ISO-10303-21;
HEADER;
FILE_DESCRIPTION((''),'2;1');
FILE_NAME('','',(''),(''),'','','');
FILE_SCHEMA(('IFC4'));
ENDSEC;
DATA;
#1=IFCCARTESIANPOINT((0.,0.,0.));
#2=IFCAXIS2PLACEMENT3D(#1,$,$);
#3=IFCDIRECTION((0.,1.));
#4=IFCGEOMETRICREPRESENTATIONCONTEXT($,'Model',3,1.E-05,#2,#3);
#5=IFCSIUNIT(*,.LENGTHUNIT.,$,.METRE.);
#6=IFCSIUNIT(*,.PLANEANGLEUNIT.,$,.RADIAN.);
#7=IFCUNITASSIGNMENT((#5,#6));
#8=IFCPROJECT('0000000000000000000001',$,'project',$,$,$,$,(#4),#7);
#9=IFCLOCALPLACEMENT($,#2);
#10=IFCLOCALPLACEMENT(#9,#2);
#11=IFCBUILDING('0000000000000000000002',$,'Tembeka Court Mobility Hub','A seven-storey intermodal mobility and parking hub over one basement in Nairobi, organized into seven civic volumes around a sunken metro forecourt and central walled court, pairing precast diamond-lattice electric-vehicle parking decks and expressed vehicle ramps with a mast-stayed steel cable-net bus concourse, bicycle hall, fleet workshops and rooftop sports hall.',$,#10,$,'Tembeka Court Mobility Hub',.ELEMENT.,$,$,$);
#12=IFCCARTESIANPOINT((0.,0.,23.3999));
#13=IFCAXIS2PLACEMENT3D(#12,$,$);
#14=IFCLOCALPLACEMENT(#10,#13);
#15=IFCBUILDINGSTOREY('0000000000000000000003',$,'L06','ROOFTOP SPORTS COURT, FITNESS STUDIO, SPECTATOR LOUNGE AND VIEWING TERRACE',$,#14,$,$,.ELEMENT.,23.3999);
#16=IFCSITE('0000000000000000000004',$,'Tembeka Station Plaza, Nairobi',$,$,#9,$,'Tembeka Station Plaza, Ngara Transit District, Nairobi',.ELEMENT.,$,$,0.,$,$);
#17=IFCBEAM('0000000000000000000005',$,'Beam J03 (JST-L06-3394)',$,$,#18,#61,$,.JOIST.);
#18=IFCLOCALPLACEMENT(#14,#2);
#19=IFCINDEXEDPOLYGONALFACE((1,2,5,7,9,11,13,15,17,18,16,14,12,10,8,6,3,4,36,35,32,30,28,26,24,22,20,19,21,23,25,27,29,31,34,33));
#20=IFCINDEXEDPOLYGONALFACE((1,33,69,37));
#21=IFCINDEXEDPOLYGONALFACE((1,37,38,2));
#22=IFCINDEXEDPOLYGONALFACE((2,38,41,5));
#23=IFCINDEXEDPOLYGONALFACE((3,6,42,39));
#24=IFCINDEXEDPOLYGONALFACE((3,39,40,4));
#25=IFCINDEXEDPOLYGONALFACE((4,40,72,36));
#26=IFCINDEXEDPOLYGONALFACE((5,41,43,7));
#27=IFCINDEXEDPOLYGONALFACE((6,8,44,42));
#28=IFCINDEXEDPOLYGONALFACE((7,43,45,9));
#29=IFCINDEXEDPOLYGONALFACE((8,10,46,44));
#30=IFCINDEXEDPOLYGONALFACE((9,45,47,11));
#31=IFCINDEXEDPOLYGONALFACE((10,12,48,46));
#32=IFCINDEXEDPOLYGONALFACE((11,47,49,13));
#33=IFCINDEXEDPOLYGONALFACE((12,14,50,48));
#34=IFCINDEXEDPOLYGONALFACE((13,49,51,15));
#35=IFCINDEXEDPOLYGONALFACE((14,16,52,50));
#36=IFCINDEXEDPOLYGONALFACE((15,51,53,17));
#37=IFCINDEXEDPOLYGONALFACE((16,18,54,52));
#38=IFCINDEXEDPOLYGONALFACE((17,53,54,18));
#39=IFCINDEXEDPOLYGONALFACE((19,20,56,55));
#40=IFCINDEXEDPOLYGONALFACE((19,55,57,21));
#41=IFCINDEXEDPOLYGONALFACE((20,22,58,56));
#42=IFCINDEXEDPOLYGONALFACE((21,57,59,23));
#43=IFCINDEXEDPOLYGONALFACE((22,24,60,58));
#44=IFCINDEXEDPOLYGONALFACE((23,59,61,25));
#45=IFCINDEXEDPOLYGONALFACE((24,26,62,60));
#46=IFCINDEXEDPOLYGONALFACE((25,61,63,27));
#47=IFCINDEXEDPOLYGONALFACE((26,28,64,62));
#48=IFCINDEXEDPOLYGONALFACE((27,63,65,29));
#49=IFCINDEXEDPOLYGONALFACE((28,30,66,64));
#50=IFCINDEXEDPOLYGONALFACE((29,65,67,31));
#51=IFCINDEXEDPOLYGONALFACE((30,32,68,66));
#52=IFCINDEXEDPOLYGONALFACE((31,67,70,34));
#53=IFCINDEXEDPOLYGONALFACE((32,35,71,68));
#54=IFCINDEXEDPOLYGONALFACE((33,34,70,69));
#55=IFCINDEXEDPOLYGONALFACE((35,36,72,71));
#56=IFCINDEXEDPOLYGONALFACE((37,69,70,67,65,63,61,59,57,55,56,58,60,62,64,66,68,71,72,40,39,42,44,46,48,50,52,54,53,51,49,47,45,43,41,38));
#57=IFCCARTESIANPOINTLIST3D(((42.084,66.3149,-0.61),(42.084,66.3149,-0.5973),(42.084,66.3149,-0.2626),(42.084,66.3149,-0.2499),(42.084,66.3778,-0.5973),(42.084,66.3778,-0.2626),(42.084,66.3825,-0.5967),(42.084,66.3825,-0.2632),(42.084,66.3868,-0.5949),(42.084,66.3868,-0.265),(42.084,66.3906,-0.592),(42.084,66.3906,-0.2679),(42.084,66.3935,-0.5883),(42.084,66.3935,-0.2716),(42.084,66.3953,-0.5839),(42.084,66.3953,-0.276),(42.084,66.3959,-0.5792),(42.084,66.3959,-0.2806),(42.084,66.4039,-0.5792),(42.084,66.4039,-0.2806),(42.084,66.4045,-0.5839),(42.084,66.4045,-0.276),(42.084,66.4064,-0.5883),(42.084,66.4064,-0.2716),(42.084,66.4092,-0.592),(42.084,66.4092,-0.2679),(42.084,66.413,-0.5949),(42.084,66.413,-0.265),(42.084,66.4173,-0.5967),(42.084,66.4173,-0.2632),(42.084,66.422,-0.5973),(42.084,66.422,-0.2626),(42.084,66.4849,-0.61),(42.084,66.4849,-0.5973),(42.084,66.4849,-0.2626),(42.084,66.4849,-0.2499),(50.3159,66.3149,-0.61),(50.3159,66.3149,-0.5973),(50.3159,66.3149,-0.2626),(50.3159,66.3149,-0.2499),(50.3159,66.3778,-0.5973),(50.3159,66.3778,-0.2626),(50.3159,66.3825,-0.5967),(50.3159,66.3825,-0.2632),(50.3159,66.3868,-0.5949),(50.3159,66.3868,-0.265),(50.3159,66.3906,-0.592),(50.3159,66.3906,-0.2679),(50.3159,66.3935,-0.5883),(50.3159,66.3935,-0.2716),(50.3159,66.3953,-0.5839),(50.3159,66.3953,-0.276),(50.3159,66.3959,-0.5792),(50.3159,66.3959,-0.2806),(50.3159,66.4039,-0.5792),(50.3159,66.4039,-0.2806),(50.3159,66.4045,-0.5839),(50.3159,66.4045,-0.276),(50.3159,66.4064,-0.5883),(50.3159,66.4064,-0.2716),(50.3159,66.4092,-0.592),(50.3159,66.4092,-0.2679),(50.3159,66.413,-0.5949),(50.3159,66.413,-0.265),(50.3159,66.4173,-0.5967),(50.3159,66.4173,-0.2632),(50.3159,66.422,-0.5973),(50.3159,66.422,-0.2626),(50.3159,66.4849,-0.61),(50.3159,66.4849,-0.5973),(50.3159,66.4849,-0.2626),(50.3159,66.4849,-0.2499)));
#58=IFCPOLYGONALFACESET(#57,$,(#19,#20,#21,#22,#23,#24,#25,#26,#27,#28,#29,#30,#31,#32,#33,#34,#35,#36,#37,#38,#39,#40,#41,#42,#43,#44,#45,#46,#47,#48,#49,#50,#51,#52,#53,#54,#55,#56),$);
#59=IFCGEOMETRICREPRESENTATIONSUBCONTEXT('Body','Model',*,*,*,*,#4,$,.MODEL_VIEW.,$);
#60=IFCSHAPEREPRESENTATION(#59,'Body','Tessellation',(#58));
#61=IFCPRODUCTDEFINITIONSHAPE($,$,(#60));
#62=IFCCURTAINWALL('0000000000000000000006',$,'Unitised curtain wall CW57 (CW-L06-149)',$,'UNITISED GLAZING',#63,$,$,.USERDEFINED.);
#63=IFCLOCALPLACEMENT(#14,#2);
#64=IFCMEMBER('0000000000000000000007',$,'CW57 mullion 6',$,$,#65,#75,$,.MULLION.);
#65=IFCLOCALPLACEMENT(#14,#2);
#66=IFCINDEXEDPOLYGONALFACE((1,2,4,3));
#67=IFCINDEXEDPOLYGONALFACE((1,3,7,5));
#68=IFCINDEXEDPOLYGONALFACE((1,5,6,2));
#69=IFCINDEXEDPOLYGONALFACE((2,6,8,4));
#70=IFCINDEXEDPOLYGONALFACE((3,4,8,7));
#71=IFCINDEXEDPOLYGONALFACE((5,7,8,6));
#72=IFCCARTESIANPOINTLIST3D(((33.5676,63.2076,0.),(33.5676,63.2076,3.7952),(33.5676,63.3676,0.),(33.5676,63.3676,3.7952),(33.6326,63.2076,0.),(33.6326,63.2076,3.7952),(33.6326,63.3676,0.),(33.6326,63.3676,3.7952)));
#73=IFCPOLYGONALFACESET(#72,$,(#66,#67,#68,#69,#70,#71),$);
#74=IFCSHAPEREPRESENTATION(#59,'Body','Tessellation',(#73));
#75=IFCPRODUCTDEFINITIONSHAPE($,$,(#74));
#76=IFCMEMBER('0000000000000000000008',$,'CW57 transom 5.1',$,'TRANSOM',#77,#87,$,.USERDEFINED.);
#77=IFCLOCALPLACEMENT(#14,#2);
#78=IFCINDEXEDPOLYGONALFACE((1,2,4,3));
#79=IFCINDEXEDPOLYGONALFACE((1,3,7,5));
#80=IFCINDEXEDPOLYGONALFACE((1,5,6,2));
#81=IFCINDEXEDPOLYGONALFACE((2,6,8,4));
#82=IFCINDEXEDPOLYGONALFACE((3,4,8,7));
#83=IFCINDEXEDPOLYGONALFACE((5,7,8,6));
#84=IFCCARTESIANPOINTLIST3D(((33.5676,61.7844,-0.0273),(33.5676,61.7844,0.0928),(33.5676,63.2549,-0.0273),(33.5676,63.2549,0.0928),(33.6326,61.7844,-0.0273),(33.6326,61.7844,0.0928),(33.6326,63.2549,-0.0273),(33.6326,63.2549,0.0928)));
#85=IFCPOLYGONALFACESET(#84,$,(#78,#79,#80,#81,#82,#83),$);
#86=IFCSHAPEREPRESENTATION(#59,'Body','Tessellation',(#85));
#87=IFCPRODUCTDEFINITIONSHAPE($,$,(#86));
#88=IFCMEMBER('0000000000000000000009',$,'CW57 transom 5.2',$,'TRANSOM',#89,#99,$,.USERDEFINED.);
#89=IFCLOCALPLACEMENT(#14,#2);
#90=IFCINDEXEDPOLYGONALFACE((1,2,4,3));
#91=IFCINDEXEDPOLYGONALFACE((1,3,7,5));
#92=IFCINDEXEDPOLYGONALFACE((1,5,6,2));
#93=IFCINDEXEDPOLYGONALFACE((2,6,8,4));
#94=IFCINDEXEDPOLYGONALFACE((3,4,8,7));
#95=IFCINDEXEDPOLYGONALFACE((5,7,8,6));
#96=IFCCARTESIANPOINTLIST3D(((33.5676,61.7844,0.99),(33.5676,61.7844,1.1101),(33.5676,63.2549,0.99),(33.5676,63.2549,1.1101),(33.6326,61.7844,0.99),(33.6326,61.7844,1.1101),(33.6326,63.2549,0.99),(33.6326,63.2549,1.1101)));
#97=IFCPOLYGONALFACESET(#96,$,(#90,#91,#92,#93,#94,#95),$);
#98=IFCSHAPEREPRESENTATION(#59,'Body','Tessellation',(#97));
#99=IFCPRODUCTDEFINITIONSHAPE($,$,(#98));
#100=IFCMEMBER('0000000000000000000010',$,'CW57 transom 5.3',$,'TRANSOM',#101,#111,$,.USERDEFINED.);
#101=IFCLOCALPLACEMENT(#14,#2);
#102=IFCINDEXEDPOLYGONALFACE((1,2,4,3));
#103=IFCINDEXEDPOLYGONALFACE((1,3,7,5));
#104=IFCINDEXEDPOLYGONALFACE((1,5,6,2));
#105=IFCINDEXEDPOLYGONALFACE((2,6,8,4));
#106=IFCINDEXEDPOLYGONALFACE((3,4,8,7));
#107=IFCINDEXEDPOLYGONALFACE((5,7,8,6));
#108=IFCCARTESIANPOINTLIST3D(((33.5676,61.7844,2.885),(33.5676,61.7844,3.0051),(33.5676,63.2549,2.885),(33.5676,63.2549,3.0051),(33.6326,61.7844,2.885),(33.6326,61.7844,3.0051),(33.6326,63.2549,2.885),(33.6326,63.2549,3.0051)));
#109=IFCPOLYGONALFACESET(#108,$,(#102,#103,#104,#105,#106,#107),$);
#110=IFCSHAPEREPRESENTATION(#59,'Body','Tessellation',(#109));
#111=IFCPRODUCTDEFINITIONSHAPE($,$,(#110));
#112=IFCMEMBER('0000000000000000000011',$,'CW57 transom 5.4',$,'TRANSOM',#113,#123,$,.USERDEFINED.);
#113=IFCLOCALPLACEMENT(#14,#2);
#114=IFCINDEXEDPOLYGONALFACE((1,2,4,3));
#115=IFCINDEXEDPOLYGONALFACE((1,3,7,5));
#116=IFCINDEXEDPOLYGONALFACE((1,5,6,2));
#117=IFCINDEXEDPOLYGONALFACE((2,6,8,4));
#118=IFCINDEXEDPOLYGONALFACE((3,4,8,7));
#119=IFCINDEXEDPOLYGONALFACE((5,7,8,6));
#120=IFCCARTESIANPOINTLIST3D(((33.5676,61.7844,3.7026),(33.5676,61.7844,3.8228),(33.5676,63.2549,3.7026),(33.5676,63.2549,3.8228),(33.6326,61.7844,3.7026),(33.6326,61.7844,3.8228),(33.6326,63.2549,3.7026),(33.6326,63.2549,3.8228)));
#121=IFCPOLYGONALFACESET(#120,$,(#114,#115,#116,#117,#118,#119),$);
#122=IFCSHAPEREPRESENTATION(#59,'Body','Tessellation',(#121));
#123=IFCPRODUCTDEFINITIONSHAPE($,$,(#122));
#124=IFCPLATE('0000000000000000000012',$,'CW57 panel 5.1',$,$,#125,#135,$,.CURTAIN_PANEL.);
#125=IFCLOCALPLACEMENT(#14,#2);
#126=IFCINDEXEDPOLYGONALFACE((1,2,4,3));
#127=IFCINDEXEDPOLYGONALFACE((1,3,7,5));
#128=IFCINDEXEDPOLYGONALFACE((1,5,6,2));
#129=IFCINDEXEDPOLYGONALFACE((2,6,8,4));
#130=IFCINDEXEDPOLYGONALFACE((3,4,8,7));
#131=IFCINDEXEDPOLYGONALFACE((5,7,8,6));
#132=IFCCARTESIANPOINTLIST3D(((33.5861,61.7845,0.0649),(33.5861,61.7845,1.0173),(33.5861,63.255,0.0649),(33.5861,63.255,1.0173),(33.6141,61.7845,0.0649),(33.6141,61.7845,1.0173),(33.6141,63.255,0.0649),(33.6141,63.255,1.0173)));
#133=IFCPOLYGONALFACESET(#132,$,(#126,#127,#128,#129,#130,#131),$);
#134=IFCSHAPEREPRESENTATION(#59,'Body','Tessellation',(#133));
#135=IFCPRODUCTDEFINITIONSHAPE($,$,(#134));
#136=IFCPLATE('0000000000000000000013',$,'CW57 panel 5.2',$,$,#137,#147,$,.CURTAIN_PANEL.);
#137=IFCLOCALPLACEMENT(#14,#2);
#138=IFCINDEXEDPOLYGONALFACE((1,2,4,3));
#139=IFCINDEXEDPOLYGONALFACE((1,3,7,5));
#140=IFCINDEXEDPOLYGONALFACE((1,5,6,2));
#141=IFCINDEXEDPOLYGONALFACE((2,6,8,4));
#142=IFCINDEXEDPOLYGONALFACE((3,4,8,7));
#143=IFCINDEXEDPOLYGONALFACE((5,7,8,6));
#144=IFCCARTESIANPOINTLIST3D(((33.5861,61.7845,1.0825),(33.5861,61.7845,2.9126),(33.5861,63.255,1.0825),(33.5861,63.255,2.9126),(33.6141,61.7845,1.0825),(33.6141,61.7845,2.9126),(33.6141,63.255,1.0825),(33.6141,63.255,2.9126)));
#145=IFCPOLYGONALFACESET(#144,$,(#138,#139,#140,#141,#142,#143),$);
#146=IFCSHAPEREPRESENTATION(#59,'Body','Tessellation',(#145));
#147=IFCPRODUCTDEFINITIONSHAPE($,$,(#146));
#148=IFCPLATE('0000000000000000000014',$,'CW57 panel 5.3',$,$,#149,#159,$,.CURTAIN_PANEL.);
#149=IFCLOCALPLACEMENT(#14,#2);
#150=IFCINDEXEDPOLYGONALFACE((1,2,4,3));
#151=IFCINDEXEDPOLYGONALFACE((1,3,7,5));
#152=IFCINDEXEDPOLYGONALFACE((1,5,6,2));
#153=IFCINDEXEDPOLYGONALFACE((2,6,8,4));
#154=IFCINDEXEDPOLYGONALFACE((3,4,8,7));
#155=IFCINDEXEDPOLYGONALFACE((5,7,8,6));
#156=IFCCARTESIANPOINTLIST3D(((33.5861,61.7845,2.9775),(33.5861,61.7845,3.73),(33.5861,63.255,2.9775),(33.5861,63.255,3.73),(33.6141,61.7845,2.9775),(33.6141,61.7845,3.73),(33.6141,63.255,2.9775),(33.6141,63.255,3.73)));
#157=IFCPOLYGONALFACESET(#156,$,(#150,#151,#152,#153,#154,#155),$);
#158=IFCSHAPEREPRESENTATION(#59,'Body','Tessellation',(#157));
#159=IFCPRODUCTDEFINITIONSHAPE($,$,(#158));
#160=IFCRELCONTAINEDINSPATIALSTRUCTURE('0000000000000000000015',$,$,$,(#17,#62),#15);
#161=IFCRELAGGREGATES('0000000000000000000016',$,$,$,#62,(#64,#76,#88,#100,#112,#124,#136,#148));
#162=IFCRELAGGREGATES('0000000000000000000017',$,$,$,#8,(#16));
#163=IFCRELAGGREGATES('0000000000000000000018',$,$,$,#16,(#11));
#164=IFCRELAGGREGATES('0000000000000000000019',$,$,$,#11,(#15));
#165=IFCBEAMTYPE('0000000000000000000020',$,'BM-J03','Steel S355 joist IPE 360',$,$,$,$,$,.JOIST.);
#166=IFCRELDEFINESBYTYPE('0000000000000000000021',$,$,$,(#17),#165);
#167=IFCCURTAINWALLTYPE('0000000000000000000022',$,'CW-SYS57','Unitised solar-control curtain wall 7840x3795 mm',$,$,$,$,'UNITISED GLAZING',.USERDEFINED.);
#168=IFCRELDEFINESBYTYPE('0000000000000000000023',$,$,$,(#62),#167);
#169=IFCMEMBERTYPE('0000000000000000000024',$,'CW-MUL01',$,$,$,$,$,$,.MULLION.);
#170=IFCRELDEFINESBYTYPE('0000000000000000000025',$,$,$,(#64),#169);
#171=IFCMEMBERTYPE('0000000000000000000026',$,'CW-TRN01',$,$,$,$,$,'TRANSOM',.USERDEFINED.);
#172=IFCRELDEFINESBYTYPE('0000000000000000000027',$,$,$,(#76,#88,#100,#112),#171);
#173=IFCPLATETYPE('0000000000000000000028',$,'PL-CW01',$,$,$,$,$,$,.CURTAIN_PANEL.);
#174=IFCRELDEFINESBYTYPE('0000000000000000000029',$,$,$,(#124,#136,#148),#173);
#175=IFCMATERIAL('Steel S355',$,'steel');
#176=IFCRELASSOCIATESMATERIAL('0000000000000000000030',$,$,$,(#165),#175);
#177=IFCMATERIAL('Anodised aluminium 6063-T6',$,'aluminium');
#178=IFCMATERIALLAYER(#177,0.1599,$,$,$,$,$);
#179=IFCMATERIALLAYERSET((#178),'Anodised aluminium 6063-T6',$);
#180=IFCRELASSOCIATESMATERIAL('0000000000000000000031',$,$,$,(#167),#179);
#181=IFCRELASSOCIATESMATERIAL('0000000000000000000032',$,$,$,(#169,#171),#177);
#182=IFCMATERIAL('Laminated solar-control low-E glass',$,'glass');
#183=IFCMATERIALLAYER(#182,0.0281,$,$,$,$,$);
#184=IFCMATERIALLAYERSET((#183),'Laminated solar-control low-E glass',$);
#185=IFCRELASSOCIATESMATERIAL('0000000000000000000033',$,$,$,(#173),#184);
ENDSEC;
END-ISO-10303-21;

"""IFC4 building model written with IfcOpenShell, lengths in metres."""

from ifc_helpers import new_model, si_unit, direction, frame, origin, origin_2d, place, context, subcontext, project, spatial, rectangle, i_section, extrude, material, layer, layer_set, material_profile, profile_set, type_object, element, aggregate, save


model = new_model("IFC4")

# Units and contexts
model_context = context("Model", 3, precision=1e-05, world=origin(), true_north=direction((0.0, 1.0)))
body_context = subcontext(model_context, "Body", "Model", "MODEL_VIEW")
ifc_project = project(units=[si_unit("LENGTHUNIT", "METRE"), si_unit("PLANEANGLEUNIT", "RADIAN")], contexts=[model_context])

# Site, building, storey
site_placement = place(None, origin())
site = spatial("IfcSite", under=ifc_project, at=site_placement, Name="Tembeka Station Plaza, Nairobi", LongName="Tembeka Station Plaza, Ngara Transit District, Nairobi", CompositionType="ELEMENT", RefElevation=0.0)
building_placement = place(site_placement, origin())
building = spatial("IfcBuilding", under=site, at=building_placement, Name="Tembeka Court Mobility Hub", Description="A seven-storey intermodal mobility and parking hub over one basement in Nairobi, organized into seven civic volumes around a sunken metro forecourt and central walled court, pairing precast diamond-lattice electric-vehicle parking decks and expressed vehicle ramps with a mast-stayed steel cable-net bus concourse, bicycle hall, fleet workshops and rooftop sports hall.", LongName="Tembeka Court Mobility Hub", CompositionType="ELEMENT")
storey_placement = place(building_placement, frame((0.0, 0.0, 23.3999)))
storey = spatial("IfcBuildingStorey", under=building, at=storey_placement, Name="L06", Description="ROOFTOP SPORTS COURT, FITNESS STUDIO, SPECTATOR LOUNGE AND VIEWING TERRACE", CompositionType="ELEMENT", Elevation=23.3999)

# Shared definitions
ifc_material_1 = material(Name="Steel S355", Category="steel")

# Beam
ifc_material_profile_1 = material_profile(ifc_material_1, i_section(OverallWidth=0.1699, OverallDepth=0.3601, WebThickness=0.0081, FlangeThickness=0.0127, FilletRadius=0.0181, at=origin_2d()), Name="IPE 360")
ifc_profile_set_1 = profile_set([ifc_material_profile_1], Name="Steel S355")
beam_type_1 = type_object("IfcBeamType", Name="BM-J03", Description="Steel S355 joist IPE 360", PredefinedType="JOIST", material=ifc_profile_set_1)
for number, where, z_axis, x_axis, name in (
    (1, (42.084, 66.3999, -0.4299), (1.0, 0.0, 0.0), (0.0, 1.0, 0.0), "Beam J03 (JST-L06-3394)"),
):
    element("IfcBeam", number, at=place(storey_placement, frame(where, z_axis=z_axis, x_axis=x_axis)), inside=storey, type_object=beam_type_1, Name=name, PredefinedType="JOIST", context=body_context, shape_type="SweptSolid", body=[
        extrude(i_section(OverallWidth=0.1699, OverallDepth=0.3601, WebThickness=0.0081, FlangeThickness=0.0127, FilletRadius=0.0181, at=origin_2d()), origin(), (0.0, 0.0, 1.0), 8.2319),
    ])

# Curtain wall, members, plates
ifc_material_2 = material(Name="Anodised aluminium 6063-T6", Category="aluminium")
ifc_layer_1 = layer(ifc_material_2, 0.1599)
ifc_layer_set_1 = layer_set([ifc_layer_1], Name="Anodised aluminium 6063-T6")
curtain_wall_type = type_object("IfcCurtainWallType", Name="CW-SYS57", Description="Unitised solar-control curtain wall 7840x3795 mm", ElementType="UNITISED GLAZING", PredefinedType="USERDEFINED", material=ifc_layer_set_1)
curtain_wall_placement = place(storey_placement, origin())
curtain_wall = element("IfcCurtainWall", 2, at=curtain_wall_placement, inside=storey, type_object=curtain_wall_type, Name="Unitised curtain wall CW57 (CW-L06-149)", ObjectType="UNITISED GLAZING", PredefinedType="USERDEFINED")
ifc_material_profile_2 = material_profile(ifc_material_2, rectangle(XDim=0.0649, YDim=0.1599, at=origin_2d()), Name="ALU-MUL 65x160")
ifc_profile_set_2 = profile_set([ifc_material_profile_2], Name="Anodised aluminium 6063-T6")
member_type_1 = type_object("IfcMemberType", Name="CW-MUL01", PredefinedType="MULLION", material=ifc_profile_set_2)
member_1_placement = place(storey_placement, frame((33.6001, 63.2876, 0.0), z_axis=(0.0, 0.0, 1.0), x_axis=(-1.0, 0.0, 0.0)))
member_1 = element("IfcMember", 3, at=member_1_placement, type_object=member_type_1, Name="CW57 mullion 6", PredefinedType="MULLION", context=body_context, shape_type="SweptSolid", body=[
    extrude(rectangle(XDim=0.0649, YDim=0.1599, at=origin_2d()), origin(), (0.0, 0.0, 1.0), 3.7952),
])
ifc_material_profile_3 = material_profile(ifc_material_2, rectangle(XDim=0.0649, YDim=0.1201, at=origin_2d()), Name="ALU-TRN 65x120")
ifc_profile_set_3 = profile_set([ifc_material_profile_3], Name="Anodised aluminium 6063-T6")
member_type_2 = type_object("IfcMemberType", Name="CW-TRN01", ElementType="TRANSOM", PredefinedType="USERDEFINED", material=ifc_profile_set_3)
member_2_placement = place(storey_placement, frame((33.6001, 61.7844, 0.0327), z_axis=(0.0, 1.0, 0.0), x_axis=(-1.0, 0.0, 0.0)))
member_2 = element("IfcMember", 4, at=member_2_placement, type_object=member_type_2, Name="CW57 transom 5.1", ObjectType="TRANSOM", PredefinedType="USERDEFINED", context=body_context, shape_type="SweptSolid", body=[
    extrude(rectangle(XDim=0.0649, YDim=0.1201, at=origin_2d()), origin(), (0.0, 0.0, 1.0), 1.4705),
])
member_3_placement = place(storey_placement, frame((33.6001, 61.7844, 1.05), z_axis=(0.0, 1.0, 0.0), x_axis=(-1.0, 0.0, 0.0)))
member_3 = element("IfcMember", 5, at=member_3_placement, type_object=member_type_2, Name="CW57 transom 5.2", ObjectType="TRANSOM", PredefinedType="USERDEFINED", context=body_context, shape_type="SweptSolid", body=[
    extrude(rectangle(XDim=0.0649, YDim=0.1201, at=origin_2d()), origin(), (0.0, 0.0, 1.0), 1.4705),
])
member_4_placement = place(storey_placement, frame((33.6001, 61.7844, 2.9451), z_axis=(0.0, 1.0, 0.0), x_axis=(-1.0, 0.0, 0.0)))
member_4 = element("IfcMember", 6, at=member_4_placement, type_object=member_type_2, Name="CW57 transom 5.3", ObjectType="TRANSOM", PredefinedType="USERDEFINED", context=body_context, shape_type="SweptSolid", body=[
    extrude(rectangle(XDim=0.0649, YDim=0.1201, at=origin_2d()), origin(), (0.0, 0.0, 1.0), 1.4705),
])
member_5_placement = place(storey_placement, frame((33.6001, 61.7844, 3.7627), z_axis=(0.0, 1.0, 0.0), x_axis=(-1.0, 0.0, 0.0)))
member_5 = element("IfcMember", 7, at=member_5_placement, type_object=member_type_2, Name="CW57 transom 5.4", ObjectType="TRANSOM", PredefinedType="USERDEFINED", context=body_context, shape_type="SweptSolid", body=[
    extrude(rectangle(XDim=0.0649, YDim=0.1201, at=origin_2d()), origin(), (0.0, 0.0, 1.0), 1.4705),
])
ifc_material_3 = material(Name="Laminated solar-control low-E glass", Category="glass")
ifc_layer_2 = layer(ifc_material_3, 0.0281)
ifc_layer_set_2 = layer_set([ifc_layer_2], Name="Laminated solar-control low-E glass")
plate_type = type_object("IfcPlateType", Name="PL-CW01", PredefinedType="CURTAIN_PANEL", material=ifc_layer_set_2)
plate_1_placement = place(storey_placement, frame((33.6001, 62.5198, 0.0649), z_axis=(0.0, 0.0, 1.0), x_axis=(0.0, 1.0, 0.0)))
plate_1 = element("IfcPlate", 8, at=plate_1_placement, type_object=plate_type, Name="CW57 panel 5.1", PredefinedType="CURTAIN_PANEL", context=body_context, shape_type="SweptSolid", body=[
    extrude(rectangle(XDim=1.4705, YDim=0.0281, at=origin_2d()), origin(), (0.0, 0.0, 1.0), 0.9524),
])
plate_2_placement = place(storey_placement, frame((33.6001, 62.5198, 1.0825), z_axis=(0.0, 0.0, 1.0), x_axis=(0.0, 1.0, 0.0)))
plate_2 = element("IfcPlate", 9, at=plate_2_placement, type_object=plate_type, Name="CW57 panel 5.2", PredefinedType="CURTAIN_PANEL", context=body_context, shape_type="SweptSolid", body=[
    extrude(rectangle(XDim=1.4705, YDim=0.0281, at=origin_2d()), origin(), (0.0, 0.0, 1.0), 1.8301),
])
plate_3_placement = place(storey_placement, frame((33.6001, 62.5198, 2.9775), z_axis=(0.0, 0.0, 1.0), x_axis=(0.0, 1.0, 0.0)))
plate_3 = element("IfcPlate", 10, at=plate_3_placement, type_object=plate_type, Name="CW57 panel 5.3", PredefinedType="CURTAIN_PANEL", context=body_context, shape_type="SweptSolid", body=[
    extrude(rectangle(XDim=1.4705, YDim=0.0281, at=origin_2d()), origin(), (0.0, 0.0, 1.0), 0.7524),
])
aggregate(curtain_wall, [member_1, member_2, member_3, member_4, member_5, plate_1, plate_2, plate_3])

save(model, "model.ifc")
